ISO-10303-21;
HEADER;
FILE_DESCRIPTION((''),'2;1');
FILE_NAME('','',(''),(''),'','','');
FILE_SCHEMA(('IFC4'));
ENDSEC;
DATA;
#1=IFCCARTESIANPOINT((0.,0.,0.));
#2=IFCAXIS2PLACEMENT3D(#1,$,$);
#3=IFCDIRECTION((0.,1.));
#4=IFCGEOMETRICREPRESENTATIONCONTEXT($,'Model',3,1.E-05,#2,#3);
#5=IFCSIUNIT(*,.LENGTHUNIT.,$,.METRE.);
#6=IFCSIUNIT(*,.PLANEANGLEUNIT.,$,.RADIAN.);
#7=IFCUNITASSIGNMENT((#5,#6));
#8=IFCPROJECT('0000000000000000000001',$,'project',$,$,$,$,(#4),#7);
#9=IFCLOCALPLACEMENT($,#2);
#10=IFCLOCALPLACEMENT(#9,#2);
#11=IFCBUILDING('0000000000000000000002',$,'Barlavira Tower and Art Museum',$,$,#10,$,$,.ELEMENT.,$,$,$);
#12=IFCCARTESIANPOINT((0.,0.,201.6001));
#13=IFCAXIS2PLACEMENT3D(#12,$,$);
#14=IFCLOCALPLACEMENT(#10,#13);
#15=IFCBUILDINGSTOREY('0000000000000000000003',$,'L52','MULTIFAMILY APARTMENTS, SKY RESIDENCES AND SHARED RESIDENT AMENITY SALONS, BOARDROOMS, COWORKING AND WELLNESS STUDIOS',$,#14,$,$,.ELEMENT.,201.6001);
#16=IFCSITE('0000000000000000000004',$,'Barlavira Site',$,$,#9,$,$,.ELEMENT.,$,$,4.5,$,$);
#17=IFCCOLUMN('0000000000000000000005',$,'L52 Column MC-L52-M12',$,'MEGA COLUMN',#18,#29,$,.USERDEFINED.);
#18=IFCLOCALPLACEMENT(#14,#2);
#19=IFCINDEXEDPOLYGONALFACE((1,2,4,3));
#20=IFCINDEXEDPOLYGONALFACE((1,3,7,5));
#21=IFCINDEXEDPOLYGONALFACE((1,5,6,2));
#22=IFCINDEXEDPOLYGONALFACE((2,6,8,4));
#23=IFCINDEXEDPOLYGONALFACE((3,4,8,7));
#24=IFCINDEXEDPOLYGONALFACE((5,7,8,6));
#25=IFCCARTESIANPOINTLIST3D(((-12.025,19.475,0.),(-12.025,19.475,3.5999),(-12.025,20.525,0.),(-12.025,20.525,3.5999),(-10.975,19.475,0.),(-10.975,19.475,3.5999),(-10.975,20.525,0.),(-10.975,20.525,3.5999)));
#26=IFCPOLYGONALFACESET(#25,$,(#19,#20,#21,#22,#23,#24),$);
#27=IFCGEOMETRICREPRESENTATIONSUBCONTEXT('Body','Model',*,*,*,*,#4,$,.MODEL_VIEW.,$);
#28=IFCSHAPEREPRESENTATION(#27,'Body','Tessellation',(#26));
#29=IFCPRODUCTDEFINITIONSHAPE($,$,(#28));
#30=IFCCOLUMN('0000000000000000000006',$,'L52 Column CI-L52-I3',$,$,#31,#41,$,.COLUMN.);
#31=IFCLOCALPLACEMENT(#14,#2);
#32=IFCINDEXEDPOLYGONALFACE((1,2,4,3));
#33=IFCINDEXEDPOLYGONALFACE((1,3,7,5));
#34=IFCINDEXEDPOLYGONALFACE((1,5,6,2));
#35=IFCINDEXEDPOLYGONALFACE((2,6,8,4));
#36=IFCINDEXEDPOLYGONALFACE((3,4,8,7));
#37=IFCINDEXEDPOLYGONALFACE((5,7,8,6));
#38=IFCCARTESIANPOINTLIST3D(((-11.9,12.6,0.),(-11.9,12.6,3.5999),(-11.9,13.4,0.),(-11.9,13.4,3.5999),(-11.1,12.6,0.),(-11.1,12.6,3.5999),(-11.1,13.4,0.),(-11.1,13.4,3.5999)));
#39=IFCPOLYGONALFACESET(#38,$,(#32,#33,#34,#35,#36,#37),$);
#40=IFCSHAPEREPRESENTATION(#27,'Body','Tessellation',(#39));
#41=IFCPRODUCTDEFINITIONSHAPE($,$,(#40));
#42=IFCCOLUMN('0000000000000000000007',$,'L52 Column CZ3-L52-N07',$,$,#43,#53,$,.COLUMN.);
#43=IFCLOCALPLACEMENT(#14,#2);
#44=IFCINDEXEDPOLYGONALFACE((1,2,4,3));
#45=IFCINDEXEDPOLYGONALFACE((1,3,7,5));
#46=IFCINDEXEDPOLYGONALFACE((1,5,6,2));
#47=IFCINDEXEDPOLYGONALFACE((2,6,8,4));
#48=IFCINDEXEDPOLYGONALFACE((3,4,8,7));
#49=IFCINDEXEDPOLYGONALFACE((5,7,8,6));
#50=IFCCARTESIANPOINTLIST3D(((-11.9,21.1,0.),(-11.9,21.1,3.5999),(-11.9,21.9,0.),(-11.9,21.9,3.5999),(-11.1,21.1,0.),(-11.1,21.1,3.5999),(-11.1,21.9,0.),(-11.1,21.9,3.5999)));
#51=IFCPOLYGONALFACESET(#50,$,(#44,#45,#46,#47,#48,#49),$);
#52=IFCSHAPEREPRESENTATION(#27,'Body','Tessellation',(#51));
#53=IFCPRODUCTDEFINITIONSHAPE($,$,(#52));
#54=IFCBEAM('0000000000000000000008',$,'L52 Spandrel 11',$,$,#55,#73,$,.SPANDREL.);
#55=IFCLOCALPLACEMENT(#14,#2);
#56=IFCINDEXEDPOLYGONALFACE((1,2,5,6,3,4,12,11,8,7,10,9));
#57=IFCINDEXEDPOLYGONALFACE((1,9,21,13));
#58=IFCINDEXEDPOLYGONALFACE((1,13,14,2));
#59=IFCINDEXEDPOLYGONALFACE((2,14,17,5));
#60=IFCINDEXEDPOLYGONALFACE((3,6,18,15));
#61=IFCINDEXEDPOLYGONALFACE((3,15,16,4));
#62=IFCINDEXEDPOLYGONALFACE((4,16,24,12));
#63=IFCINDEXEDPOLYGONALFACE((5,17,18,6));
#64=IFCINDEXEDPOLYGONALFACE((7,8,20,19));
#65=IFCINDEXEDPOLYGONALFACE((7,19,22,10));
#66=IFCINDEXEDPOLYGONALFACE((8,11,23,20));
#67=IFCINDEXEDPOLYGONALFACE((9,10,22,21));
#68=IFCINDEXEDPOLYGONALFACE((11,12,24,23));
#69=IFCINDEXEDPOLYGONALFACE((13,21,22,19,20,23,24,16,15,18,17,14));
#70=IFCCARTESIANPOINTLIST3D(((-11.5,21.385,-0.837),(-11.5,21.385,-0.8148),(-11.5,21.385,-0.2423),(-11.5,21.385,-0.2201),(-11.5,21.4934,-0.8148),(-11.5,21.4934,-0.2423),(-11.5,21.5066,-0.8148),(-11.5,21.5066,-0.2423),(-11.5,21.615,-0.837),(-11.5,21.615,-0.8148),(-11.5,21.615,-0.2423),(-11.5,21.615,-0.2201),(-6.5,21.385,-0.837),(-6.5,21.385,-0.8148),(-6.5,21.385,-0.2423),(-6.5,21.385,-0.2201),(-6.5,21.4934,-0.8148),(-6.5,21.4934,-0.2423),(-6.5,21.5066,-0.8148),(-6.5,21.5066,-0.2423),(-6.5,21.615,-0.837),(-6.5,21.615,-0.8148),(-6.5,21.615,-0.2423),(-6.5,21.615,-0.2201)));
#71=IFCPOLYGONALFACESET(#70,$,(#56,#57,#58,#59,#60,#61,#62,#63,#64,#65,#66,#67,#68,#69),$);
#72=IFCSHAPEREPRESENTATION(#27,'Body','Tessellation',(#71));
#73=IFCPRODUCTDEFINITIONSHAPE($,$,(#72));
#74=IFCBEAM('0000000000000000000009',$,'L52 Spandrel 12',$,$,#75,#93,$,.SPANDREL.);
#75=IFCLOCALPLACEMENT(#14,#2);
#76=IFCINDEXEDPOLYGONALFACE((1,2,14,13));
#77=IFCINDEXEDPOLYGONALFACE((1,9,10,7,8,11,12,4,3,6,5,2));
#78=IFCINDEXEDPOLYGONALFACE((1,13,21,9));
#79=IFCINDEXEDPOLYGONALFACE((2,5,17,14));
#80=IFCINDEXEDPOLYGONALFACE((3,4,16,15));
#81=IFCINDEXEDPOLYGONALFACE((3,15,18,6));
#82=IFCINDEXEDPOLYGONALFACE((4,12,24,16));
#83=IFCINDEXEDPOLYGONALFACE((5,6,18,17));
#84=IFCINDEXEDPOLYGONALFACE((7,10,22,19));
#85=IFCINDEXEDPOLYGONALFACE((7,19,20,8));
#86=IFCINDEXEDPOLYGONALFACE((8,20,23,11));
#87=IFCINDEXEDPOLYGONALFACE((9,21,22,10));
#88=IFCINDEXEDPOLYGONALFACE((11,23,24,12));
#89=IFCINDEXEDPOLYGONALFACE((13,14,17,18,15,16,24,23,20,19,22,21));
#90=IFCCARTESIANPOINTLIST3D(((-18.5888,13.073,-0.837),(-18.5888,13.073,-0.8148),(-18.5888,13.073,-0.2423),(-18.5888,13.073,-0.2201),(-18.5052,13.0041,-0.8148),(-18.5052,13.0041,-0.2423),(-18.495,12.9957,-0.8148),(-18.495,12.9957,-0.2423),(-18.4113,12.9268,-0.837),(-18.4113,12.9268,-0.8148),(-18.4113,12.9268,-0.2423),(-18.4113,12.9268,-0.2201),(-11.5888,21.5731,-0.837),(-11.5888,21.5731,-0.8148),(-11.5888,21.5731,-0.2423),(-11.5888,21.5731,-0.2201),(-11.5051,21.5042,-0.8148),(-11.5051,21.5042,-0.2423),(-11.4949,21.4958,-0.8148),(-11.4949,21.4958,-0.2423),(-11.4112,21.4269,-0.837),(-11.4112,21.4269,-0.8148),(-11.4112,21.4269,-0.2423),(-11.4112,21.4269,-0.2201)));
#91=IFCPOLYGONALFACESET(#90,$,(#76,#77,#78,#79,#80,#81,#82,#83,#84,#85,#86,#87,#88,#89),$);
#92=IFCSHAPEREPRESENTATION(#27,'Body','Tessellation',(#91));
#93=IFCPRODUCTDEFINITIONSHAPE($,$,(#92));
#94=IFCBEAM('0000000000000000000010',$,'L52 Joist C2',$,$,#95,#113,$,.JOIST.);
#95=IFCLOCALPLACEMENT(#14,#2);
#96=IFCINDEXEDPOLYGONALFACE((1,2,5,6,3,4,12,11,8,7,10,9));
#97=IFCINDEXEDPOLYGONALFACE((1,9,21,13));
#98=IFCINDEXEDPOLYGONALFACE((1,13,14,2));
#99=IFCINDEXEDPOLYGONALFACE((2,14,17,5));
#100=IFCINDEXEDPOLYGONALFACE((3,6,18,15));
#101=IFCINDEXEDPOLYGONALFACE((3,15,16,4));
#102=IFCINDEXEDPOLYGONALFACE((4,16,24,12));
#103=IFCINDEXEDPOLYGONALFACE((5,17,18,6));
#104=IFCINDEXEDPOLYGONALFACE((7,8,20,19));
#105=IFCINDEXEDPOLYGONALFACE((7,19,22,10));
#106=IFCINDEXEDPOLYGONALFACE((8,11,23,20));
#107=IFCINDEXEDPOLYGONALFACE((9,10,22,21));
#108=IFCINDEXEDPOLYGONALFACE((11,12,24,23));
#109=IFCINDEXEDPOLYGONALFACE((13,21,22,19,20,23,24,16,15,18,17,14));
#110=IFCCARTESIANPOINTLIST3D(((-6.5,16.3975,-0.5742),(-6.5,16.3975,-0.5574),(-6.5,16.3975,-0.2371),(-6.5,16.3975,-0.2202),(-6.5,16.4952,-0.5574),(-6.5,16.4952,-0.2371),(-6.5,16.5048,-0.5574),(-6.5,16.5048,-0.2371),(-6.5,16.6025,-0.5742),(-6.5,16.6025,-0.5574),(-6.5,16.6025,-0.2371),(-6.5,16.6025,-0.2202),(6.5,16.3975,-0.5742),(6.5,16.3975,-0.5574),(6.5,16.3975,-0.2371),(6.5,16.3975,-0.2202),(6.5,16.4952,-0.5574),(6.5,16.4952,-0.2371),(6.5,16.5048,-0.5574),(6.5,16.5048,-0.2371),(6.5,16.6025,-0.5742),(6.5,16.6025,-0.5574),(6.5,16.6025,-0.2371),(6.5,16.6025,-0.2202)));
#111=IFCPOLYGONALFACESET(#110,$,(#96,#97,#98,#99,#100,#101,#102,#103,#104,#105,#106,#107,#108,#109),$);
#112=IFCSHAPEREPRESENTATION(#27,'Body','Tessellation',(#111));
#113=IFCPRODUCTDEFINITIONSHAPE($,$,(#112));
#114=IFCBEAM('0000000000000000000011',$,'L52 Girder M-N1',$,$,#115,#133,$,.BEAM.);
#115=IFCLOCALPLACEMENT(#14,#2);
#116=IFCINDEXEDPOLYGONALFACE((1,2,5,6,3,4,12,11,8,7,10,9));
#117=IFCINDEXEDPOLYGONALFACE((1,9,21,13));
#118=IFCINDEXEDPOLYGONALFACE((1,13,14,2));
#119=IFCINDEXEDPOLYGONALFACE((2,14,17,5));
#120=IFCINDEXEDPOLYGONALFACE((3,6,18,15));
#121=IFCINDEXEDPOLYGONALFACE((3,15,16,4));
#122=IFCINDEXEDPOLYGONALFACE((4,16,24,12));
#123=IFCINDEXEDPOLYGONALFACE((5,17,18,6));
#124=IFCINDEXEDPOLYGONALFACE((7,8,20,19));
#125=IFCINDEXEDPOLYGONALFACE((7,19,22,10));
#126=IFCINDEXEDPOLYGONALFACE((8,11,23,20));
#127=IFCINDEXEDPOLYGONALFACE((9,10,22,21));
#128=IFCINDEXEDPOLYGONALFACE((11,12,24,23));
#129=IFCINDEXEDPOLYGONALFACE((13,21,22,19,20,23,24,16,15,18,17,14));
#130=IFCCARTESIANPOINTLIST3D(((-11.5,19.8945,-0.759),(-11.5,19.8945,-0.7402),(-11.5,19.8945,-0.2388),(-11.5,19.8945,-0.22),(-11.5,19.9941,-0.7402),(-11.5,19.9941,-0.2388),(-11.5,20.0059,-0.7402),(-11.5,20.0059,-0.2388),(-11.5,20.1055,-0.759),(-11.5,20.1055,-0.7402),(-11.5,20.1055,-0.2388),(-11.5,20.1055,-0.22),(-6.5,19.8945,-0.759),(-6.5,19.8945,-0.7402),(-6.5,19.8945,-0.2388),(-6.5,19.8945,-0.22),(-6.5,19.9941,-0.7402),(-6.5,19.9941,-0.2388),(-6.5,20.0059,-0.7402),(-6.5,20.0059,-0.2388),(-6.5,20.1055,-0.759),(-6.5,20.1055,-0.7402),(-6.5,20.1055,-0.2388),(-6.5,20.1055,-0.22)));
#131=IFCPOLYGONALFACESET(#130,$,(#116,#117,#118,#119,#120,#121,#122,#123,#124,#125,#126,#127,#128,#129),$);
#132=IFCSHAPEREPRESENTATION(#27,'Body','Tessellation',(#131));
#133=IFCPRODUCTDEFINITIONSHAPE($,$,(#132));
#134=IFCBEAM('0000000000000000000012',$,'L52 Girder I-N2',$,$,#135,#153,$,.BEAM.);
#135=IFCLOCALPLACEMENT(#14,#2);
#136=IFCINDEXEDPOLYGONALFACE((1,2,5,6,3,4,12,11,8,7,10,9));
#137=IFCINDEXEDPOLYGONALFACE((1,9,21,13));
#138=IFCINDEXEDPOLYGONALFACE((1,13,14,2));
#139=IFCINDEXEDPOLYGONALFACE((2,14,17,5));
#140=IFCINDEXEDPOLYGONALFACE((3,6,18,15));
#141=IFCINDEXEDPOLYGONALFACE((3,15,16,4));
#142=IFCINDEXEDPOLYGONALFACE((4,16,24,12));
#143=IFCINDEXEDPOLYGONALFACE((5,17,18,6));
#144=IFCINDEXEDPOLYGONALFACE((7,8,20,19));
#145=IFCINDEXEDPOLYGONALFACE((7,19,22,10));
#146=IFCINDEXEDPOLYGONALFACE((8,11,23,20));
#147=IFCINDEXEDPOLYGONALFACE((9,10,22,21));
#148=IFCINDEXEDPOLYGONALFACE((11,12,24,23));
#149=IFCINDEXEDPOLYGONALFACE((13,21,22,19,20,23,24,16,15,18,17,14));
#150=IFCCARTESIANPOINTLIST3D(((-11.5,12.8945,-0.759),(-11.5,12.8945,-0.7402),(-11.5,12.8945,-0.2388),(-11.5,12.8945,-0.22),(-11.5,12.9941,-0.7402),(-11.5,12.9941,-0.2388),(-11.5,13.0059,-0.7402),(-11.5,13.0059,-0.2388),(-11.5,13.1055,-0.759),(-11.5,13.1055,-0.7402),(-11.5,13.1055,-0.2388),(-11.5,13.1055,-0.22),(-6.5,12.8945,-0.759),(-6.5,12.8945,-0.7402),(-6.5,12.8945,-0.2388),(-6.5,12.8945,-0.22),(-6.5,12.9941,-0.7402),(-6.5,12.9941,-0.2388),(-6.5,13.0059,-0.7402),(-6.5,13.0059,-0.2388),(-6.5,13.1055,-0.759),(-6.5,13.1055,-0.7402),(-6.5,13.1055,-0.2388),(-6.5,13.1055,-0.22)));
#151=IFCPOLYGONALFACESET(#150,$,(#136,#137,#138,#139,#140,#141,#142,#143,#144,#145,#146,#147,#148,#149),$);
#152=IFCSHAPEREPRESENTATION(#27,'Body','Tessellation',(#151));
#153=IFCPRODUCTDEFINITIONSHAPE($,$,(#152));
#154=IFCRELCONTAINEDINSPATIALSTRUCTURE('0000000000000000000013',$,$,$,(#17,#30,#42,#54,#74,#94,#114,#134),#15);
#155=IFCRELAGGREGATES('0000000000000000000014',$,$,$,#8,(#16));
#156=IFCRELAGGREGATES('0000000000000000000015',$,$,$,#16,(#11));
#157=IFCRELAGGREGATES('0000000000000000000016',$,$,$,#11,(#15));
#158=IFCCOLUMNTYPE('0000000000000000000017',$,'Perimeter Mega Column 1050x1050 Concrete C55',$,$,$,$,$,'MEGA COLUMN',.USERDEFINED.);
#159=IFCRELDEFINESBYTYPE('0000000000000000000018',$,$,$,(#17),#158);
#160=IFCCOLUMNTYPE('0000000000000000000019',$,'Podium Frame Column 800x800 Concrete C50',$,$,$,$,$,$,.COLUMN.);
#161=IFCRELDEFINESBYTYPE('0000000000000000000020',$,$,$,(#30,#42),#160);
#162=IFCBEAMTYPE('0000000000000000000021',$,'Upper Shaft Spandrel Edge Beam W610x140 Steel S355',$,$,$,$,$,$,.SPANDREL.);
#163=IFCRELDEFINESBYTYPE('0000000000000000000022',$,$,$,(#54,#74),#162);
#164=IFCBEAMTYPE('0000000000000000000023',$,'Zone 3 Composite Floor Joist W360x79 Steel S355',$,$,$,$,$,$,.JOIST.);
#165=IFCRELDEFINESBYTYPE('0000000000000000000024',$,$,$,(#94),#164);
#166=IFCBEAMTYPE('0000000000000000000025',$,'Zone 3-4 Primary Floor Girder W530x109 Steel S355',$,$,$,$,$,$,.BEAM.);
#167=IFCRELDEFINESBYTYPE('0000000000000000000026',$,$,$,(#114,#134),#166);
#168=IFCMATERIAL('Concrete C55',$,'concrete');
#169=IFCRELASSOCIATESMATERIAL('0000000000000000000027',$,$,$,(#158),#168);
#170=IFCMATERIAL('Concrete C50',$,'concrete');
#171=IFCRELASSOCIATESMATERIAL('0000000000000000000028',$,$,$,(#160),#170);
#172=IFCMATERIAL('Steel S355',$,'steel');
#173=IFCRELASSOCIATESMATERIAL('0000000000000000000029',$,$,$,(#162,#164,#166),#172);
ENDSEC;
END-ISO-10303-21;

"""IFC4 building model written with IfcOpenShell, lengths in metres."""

from ifc_helpers import new_model, si_unit, direction, frame, origin, origin_2d, place, context, subcontext, project, spatial, rectangle, i_section, extrude, material, material_profile, profile_set, type_object, element, save


model = new_model("IFC4")

# Units and contexts
model_context = context("Model", 3, precision=1e-05, world=origin(), true_north=direction((0.0, 1.0)))
body_context = subcontext(model_context, "Body", "Model", "MODEL_VIEW")
ifc_project = project(units=[si_unit("LENGTHUNIT", "METRE"), si_unit("PLANEANGLEUNIT", "RADIAN")], contexts=[model_context])

# Site, building, storey
site_placement = place(None, origin())
site = spatial("IfcSite", under=ifc_project, at=site_placement, Name="Barlavira Site", CompositionType="ELEMENT", RefElevation=4.5)
building_placement = place(site_placement, origin())
building = spatial("IfcBuilding", under=site, at=building_placement, Name="Barlavira Tower and Art Museum", CompositionType="ELEMENT")
storey_placement = place(building_placement, frame((0.0, 0.0, 201.6001)))
storey = spatial("IfcBuildingStorey", under=building, at=storey_placement, Name="L52", Description="MULTIFAMILY APARTMENTS, SKY RESIDENCES AND SHARED RESIDENT AMENITY SALONS, BOARDROOMS, COWORKING AND WELLNESS STUDIOS", CompositionType="ELEMENT", Elevation=201.6001)

# Columns
ifc_material_1 = material(Name="Concrete C55", Category="concrete")
ifc_material_profile_1 = material_profile(ifc_material_1, rectangle(XDim=1.05, YDim=1.05, at=origin_2d()), Name="RC-COL 1050x1050")
ifc_profile_set_1 = profile_set([ifc_material_profile_1], Name="Concrete C55")
column_type_1 = type_object("IfcColumnType", Name="Perimeter Mega Column 1050x1050 Concrete C55", ElementType="MEGA COLUMN", PredefinedType="USERDEFINED", material=ifc_profile_set_1)
column_placement = place(storey_placement, frame((-11.5, 20.0, 0.0), z_axis=(0.0, 0.0, 1.0), x_axis=(1.0, 0.0, 0.0)))
element("IfcColumn", 1, at=column_placement, inside=storey, type_object=column_type_1, Name="L52 Column MC-L52-M12", ObjectType="MEGA COLUMN", PredefinedType="USERDEFINED", context=body_context, shape_type="SweptSolid", body=[
    extrude(rectangle(XDim=1.05, YDim=1.05, at=origin_2d()), origin(), (0.0, 0.0, 1.0), 3.5999),
])
ifc_material_2 = material(Name="Concrete C50", Category="concrete")
ifc_material_profile_2 = material_profile(ifc_material_2, rectangle(XDim=0.8, YDim=0.8, at=origin_2d()), Name="RC-COL 800x800")
ifc_profile_set_2 = profile_set([ifc_material_profile_2], Name="Concrete C50")
column_type_2 = type_object("IfcColumnType", Name="Podium Frame Column 800x800 Concrete C50", PredefinedType="COLUMN", material=ifc_profile_set_2)
for number, where, z_axis, x_axis, name in (
    (2, (-11.5, 13.0, 0.0), (0.0, 0.0, 1.0), (1.0, 0.0, 0.0), "L52 Column CI-L52-I3"),
    (3, (-11.5, 21.5, 0.0), (0.0, 0.0, 1.0), (1.0, 0.0, 0.0), "L52 Column CZ3-L52-N07"),
):
    element("IfcColumn", number, at=place(storey_placement, frame(where, z_axis=z_axis, x_axis=x_axis)), inside=storey, type_object=column_type_2, Name=name, PredefinedType="COLUMN", context=body_context, shape_type="SweptSolid", body=[
        extrude(rectangle(XDim=0.8, YDim=0.8, at=origin_2d()), origin(), (0.0, 0.0, 1.0), 3.5999),
    ])

# Beams
ifc_material_3 = material(Name="Steel S355", Category="steel")
ifc_material_profile_3 = material_profile(ifc_material_3, i_section(OverallWidth=0.23, OverallDepth=0.6169, WebThickness=0.0132, FlangeThickness=0.0222, at=origin_2d()), Name="W610x140.0")
ifc_profile_set_3 = profile_set([ifc_material_profile_3], Name="Steel S355")
beam_type_1 = type_object("IfcBeamType", Name="Upper Shaft Spandrel Edge Beam W610x140 Steel S355", PredefinedType="SPANDREL", material=ifc_profile_set_3)
beam_1_placement = place(storey_placement, frame((-11.5, 21.5, -0.5286), z_axis=(1.0, 0.0, 0.0), x_axis=(0.0, 1.0, 0.0)))
element("IfcBeam", 4, at=beam_1_placement, inside=storey, type_object=beam_type_1, Name="L52 Spandrel 11", PredefinedType="SPANDREL", context=body_context, shape_type="SweptSolid", body=[
    extrude(i_section(OverallWidth=0.23, OverallDepth=0.6169, WebThickness=0.0132, FlangeThickness=0.0222, at=origin_2d()), origin(), (0.0, 0.0, 1.0), 5.0),
])
beam_2_placement = place(storey_placement, frame((-11.5, 21.5, -0.5286), z_axis=(-0.635707, -0.77193, 0.0), x_axis=(0.77193, -0.635707, 0.0)))
element("IfcBeam", 5, at=beam_2_placement, inside=storey, type_object=beam_type_1, Name="L52 Spandrel 12", PredefinedType="SPANDREL", context=body_context, shape_type="SweptSolid", body=[
    extrude(i_section(OverallWidth=0.23, OverallDepth=0.6169, WebThickness=0.0132, FlangeThickness=0.0222, at=origin_2d()), origin(), (0.0, 0.0, 1.0), 11.0115),
])
ifc_material_profile_4 = material_profile(ifc_material_3, i_section(OverallWidth=0.2051, OverallDepth=0.354, WebThickness=0.0095, FlangeThickness=0.0168, at=origin_2d()), Name="W360x79.0")
ifc_profile_set_4 = profile_set([ifc_material_profile_4], Name="Steel S355")
beam_type_2 = type_object("IfcBeamType", Name="Zone 3 Composite Floor Joist W360x79 Steel S355", PredefinedType="JOIST", material=ifc_profile_set_4)
beam_3_placement = place(storey_placement, frame((-6.5, 16.5, -0.3972), z_axis=(1.0, 0.0, 0.0), x_axis=(0.0, 1.0, 0.0)))
element("IfcBeam", 6, at=beam_3_placement, inside=storey, type_object=beam_type_2, Name="L52 Joist C2", PredefinedType="JOIST", context=body_context, shape_type="SweptSolid", body=[
    extrude(i_section(OverallWidth=0.2051, OverallDepth=0.354, WebThickness=0.0095, FlangeThickness=0.0168, at=origin_2d()), origin(), (0.0, 0.0, 1.0), 13.0),
])
ifc_material_profile_5 = material_profile(ifc_material_3, i_section(OverallWidth=0.2109, OverallDepth=0.5391, WebThickness=0.0117, FlangeThickness=0.0188, at=origin_2d()), Name="W530x109.0")
ifc_profile_set_5 = profile_set([ifc_material_profile_5], Name="Steel S355")
beam_type_3 = type_object("IfcBeamType", Name="Zone 3-4 Primary Floor Girder W530x109 Steel S355", PredefinedType="BEAM", material=ifc_profile_set_5)
for number, where, z_axis, x_axis, name in (
    (7, (-11.5, 20.0, -0.4895), (1.0, 0.0, 0.0), (0.0, 1.0, 0.0), "L52 Girder M-N1"),
    (8, (-11.5, 13.0, -0.4895), (1.0, 0.0, 0.0), (0.0, 1.0, 0.0), "L52 Girder I-N2"),
):
    element("IfcBeam", number, at=place(storey_placement, frame(where, z_axis=z_axis, x_axis=x_axis)), inside=storey, type_object=beam_type_3, Name=name, PredefinedType="BEAM", context=body_context, shape_type="SweptSolid", body=[
        extrude(i_section(OverallWidth=0.2109, OverallDepth=0.5391, WebThickness=0.0117, FlangeThickness=0.0188, at=origin_2d()), origin(), (0.0, 0.0, 1.0), 5.0),
    ])

save(model, "model.ifc")
